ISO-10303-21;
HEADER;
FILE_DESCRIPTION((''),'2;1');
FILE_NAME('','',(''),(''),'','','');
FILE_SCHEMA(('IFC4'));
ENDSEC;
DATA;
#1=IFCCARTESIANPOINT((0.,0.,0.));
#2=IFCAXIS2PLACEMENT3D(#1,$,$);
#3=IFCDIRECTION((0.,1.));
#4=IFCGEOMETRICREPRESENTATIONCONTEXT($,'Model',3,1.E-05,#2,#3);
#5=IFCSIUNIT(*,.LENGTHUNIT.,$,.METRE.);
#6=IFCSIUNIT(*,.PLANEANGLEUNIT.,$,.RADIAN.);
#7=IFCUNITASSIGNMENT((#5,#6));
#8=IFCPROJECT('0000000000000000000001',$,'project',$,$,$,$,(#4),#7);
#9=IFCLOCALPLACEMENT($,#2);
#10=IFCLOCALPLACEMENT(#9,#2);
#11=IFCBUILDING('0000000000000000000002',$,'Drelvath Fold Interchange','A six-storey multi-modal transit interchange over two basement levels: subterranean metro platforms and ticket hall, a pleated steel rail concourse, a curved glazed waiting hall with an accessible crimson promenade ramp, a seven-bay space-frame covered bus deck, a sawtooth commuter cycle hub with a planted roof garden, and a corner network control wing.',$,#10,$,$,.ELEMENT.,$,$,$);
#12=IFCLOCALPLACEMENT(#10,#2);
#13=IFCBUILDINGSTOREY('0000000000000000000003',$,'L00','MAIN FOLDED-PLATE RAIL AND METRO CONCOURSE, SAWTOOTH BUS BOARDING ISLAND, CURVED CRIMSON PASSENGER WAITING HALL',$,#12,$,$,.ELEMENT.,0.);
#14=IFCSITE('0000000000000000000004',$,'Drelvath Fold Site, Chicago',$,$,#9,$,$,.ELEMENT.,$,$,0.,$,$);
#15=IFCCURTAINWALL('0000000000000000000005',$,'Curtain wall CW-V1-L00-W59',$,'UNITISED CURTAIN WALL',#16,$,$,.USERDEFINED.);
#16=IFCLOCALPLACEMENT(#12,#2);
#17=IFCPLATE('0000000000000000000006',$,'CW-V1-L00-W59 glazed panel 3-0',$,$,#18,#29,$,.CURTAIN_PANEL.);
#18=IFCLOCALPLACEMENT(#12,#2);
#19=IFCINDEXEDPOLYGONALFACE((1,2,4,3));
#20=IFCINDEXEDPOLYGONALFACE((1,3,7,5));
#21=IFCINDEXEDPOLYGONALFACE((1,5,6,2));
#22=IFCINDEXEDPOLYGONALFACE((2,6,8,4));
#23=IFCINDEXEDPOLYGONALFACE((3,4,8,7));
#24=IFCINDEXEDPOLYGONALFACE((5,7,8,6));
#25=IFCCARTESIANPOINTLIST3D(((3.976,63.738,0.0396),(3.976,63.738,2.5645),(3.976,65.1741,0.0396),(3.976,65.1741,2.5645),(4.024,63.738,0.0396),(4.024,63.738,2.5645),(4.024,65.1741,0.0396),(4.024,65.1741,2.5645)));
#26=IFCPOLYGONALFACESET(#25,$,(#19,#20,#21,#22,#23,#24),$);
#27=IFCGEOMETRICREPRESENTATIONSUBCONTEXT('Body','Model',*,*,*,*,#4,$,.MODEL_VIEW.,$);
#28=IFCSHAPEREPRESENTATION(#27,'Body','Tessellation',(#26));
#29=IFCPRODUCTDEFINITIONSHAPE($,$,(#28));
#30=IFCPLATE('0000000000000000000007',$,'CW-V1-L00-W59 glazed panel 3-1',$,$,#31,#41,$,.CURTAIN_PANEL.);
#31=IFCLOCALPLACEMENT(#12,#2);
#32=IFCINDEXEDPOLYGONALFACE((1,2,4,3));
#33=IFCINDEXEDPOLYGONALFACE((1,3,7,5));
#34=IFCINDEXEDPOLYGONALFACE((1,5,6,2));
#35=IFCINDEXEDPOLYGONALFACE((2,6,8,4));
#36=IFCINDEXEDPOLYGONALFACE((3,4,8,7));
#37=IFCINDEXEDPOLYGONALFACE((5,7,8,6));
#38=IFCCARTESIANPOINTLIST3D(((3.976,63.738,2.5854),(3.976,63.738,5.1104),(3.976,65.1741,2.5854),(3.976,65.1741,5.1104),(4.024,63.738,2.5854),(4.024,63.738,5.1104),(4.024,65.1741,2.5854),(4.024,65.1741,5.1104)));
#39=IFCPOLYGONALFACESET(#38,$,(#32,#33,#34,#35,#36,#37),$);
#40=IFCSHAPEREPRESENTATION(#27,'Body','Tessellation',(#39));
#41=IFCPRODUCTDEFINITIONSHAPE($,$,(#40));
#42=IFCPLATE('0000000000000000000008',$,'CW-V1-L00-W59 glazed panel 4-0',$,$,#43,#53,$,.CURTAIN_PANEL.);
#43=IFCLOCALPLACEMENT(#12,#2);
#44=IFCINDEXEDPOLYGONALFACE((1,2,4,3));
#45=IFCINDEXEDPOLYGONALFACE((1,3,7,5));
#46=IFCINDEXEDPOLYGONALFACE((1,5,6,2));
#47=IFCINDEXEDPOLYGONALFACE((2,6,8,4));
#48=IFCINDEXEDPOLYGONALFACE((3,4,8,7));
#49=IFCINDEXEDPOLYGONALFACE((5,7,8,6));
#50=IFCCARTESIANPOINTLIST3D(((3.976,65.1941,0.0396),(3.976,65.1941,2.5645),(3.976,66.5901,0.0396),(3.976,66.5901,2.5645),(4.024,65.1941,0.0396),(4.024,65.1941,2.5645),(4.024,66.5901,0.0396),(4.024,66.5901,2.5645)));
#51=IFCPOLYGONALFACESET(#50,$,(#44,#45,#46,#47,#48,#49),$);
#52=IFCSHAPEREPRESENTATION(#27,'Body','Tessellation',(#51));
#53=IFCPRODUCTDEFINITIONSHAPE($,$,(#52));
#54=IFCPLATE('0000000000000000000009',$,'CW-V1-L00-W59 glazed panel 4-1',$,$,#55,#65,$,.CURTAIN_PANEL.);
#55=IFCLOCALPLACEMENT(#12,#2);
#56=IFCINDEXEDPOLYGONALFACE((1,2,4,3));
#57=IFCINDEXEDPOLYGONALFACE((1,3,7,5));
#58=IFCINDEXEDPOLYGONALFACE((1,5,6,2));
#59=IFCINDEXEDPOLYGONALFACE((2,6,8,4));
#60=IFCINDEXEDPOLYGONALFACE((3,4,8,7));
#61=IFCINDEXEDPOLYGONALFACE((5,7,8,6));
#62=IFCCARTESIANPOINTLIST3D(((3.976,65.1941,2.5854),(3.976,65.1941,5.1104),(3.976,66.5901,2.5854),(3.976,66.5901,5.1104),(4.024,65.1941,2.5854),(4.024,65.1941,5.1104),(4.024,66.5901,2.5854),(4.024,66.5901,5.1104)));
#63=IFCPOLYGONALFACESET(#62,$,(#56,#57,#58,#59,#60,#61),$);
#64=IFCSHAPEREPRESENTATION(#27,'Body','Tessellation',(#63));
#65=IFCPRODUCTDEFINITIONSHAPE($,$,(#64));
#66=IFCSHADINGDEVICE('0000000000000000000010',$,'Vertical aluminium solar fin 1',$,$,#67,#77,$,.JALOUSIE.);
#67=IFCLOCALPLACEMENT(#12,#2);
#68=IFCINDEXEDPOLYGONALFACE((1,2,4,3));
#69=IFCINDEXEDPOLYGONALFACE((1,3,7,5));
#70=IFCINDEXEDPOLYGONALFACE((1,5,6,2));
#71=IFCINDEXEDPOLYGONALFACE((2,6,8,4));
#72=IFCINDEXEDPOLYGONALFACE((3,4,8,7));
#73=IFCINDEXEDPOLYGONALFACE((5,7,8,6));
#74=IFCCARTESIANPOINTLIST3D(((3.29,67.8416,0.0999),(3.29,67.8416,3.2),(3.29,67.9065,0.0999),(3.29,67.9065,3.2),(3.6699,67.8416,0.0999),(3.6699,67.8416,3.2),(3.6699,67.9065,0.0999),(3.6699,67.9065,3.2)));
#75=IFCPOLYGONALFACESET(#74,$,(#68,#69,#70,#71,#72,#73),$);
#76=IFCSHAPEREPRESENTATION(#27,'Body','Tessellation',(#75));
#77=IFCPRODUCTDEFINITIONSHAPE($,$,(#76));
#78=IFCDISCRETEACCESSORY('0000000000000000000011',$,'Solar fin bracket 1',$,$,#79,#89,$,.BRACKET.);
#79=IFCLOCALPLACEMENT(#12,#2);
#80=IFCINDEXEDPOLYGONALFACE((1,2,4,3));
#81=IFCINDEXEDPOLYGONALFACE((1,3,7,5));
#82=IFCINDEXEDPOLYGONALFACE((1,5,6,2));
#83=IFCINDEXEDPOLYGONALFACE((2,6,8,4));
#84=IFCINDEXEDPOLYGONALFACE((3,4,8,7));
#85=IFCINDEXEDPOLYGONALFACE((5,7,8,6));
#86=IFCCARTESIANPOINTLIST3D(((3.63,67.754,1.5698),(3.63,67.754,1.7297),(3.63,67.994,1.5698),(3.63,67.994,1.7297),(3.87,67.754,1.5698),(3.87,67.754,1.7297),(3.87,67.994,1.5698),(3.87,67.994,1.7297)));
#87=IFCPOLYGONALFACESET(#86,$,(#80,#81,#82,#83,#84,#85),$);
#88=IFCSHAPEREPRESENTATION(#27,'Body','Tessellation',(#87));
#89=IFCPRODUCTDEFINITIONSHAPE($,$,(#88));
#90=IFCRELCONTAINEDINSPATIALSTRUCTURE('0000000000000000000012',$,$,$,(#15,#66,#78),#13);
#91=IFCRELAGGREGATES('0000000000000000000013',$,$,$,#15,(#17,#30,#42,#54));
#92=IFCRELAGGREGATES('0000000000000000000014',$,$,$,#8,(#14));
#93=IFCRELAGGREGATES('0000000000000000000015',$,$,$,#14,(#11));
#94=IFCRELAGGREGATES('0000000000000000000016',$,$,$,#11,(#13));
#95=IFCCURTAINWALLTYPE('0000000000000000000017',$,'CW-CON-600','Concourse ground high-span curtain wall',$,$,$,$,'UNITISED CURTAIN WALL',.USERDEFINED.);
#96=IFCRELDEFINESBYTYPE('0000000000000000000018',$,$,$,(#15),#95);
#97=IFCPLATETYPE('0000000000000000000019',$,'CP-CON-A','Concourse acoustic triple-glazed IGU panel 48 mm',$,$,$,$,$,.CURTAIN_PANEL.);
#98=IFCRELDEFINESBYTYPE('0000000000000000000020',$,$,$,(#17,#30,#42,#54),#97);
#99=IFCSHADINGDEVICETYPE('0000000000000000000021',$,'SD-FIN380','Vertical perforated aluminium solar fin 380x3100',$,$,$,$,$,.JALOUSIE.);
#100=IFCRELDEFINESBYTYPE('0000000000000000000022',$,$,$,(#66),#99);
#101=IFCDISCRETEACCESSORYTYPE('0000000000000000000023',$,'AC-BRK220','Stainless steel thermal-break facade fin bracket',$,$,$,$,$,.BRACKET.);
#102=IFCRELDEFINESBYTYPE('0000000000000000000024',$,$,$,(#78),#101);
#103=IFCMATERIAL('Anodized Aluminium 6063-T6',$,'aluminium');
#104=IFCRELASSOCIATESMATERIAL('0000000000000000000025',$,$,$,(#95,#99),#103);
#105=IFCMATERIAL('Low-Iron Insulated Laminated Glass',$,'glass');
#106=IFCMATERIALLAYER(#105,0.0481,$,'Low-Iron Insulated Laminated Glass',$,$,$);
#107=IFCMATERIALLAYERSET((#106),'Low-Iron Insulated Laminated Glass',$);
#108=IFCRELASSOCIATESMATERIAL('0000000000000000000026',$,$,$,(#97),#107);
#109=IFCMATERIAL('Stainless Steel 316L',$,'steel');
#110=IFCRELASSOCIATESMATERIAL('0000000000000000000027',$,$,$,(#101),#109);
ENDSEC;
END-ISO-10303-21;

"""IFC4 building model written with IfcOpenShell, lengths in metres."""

from ifc_helpers import new_model, si_unit, direction, frame, origin, origin_2d, place, context, subcontext, project, spatial, rectangle, extrude, material, layer, layer_set, type_object, element, aggregate, save


model = new_model("IFC4")

# Units and contexts
model_context = context("Model", 3, precision=1e-05, world=origin(), true_north=direction((0.0, 1.0)))
body_context = subcontext(model_context, "Body", "Model", "MODEL_VIEW")
ifc_project = project(units=[si_unit("LENGTHUNIT", "METRE"), si_unit("PLANEANGLEUNIT", "RADIAN")], contexts=[model_context])

# Site, building, storey
site_placement = place(None, origin())
site = spatial("IfcSite", under=ifc_project, at=site_placement, Name="Drelvath Fold Site, Chicago", CompositionType="ELEMENT", RefElevation=0.0)
building_placement = place(site_placement, origin())
building = spatial("IfcBuilding", under=site, at=building_placement, Name="Drelvath Fold Interchange", Description="A six-storey multi-modal transit interchange over two basement levels: subterranean metro platforms and ticket hall, a pleated steel rail concourse, a curved glazed waiting hall with an accessible crimson promenade ramp, a seven-bay space-frame covered bus deck, a sawtooth commuter cycle hub with a planted roof garden, and a corner network control wing.", CompositionType="ELEMENT")
storey_placement = place(building_placement, origin())
storey = spatial("IfcBuildingStorey", under=building, at=storey_placement, Name="L00", Description="MAIN FOLDED-PLATE RAIL AND METRO CONCOURSE, SAWTOOTH BUS BOARDING ISLAND, CURVED CRIMSON PASSENGER WAITING HALL", CompositionType="ELEMENT", Elevation=0.0)

# Curtain wall, plates
ifc_material_1 = material(Name="Anodized Aluminium 6063-T6", Category="aluminium")
curtain_wall_type = type_object("IfcCurtainWallType", Name="CW-CON-600", Description="Concourse ground high-span curtain wall", ElementType="UNITISED CURTAIN WALL", PredefinedType="USERDEFINED", material=ifc_material_1)
curtain_wall_placement = place(storey_placement, origin())
curtain_wall = element("IfcCurtainWall", 1, at=curtain_wall_placement, inside=storey, type_object=curtain_wall_type, Name="Curtain wall CW-V1-L00-W59", ObjectType="UNITISED CURTAIN WALL", PredefinedType="USERDEFINED")
ifc_material_2 = material(Name="Low-Iron Insulated Laminated Glass", Category="glass")
ifc_layer_1 = layer(ifc_material_2, 0.0481, Name="Low-Iron Insulated Laminated Glass")
ifc_layer_set_1 = layer_set([ifc_layer_1], Name="Low-Iron Insulated Laminated Glass")
plate_type = type_object("IfcPlateType", Name="CP-CON-A", Description="Concourse acoustic triple-glazed IGU panel 48 mm", PredefinedType="CURTAIN_PANEL", material=ifc_layer_set_1)
plate_1_placement = place(storey_placement, frame((4.0, 64.4561, 0.0396), z_axis=(0.0, 0.0, 1.0), x_axis=(0.0, 1.0, 0.0)))
plate_1 = element("IfcPlate", 2, at=plate_1_placement, type_object=plate_type, Name="CW-V1-L00-W59 glazed panel 3-0", PredefinedType="CURTAIN_PANEL", context=body_context, shape_type="SweptSolid", body=[
    extrude(rectangle(XDim=1.436, YDim=0.0481, at=origin_2d()), origin(), (0.0, 0.0, 1.0), 2.5249),
])
plate_2_placement = place(storey_placement, frame((4.0, 64.4561, 2.5854), z_axis=(0.0, 0.0, 1.0), x_axis=(0.0, 1.0, 0.0)))
plate_2 = element("IfcPlate", 3, at=plate_2_placement, type_object=plate_type, Name="CW-V1-L00-W59 glazed panel 3-1", PredefinedType="CURTAIN_PANEL", context=body_context, shape_type="SweptSolid", body=[
    extrude(rectangle(XDim=1.436, YDim=0.0481, at=origin_2d()), origin(), (0.0, 0.0, 1.0), 2.5249),
])
plate_3_placement = place(storey_placement, frame((4.0, 65.8921, 0.0396), z_axis=(0.0, 0.0, 1.0), x_axis=(0.0, 1.0, 0.0)))
plate_3 = element("IfcPlate", 4, at=plate_3_placement, type_object=plate_type, Name="CW-V1-L00-W59 glazed panel 4-0", PredefinedType="CURTAIN_PANEL", context=body_context, shape_type="SweptSolid", body=[
    extrude(rectangle(XDim=1.396, YDim=0.0481, at=origin_2d()), origin(), (0.0, 0.0, 1.0), 2.5249),
])
plate_4_placement = place(storey_placement, frame((4.0, 65.8921, 2.5854), z_axis=(0.0, 0.0, 1.0), x_axis=(0.0, 1.0, 0.0)))
plate_4 = element("IfcPlate", 5, at=plate_4_placement, type_object=plate_type, Name="CW-V1-L00-W59 glazed panel 4-1", PredefinedType="CURTAIN_PANEL", context=body_context, shape_type="SweptSolid", body=[
    extrude(rectangle(XDim=1.396, YDim=0.0481, at=origin_2d()), origin(), (0.0, 0.0, 1.0), 2.5249),
])
aggregate(curtain_wall, [plate_1, plate_2, plate_3, plate_4])

# Shading device
shading_device_type = type_object("IfcShadingDeviceType", Name="SD-FIN380", Description="Vertical perforated aluminium solar fin 380x3100", PredefinedType="JALOUSIE", material=ifc_material_1)
shading_device_placement = place(storey_placement, frame((3.48, 67.874, 0.0999), z_axis=(0.0, 0.0, 1.0), x_axis=(1.0, 0.0, 0.0)))
element("IfcShadingDevice", 6, at=shading_device_placement, inside=storey, type_object=shading_device_type, Name="Vertical aluminium solar fin 1", PredefinedType="JALOUSIE", context=body_context, shape_type="SweptSolid", body=[
    extrude(rectangle(XDim=0.3799, YDim=0.0649, at=origin_2d()), origin(), (0.0, 0.0, 1.0), 3.1001),
])

# Discrete accessory
ifc_material_3 = material(Name="Stainless Steel 316L", Category="steel")
discrete_accessory_type = type_object("IfcDiscreteAccessoryType", Name="AC-BRK220", Description="Stainless steel thermal-break facade fin bracket", PredefinedType="BRACKET", material=ifc_material_3)
discrete_accessory_placement = place(storey_placement, frame((3.75, 67.874, 1.5698), z_axis=(0.0, 0.0, 1.0), x_axis=(1.0, 0.0, 0.0)))
element("IfcDiscreteAccessory", 7, at=discrete_accessory_placement, inside=storey, type_object=discrete_accessory_type, Name="Solar fin bracket 1", PredefinedType="BRACKET", context=body_context, shape_type="SweptSolid", body=[
    extrude(rectangle(XDim=0.24, YDim=0.24, at=origin_2d()), origin(), (0.0, 0.0, 1.0), 0.1599),
])

save(model, "model.ifc")
